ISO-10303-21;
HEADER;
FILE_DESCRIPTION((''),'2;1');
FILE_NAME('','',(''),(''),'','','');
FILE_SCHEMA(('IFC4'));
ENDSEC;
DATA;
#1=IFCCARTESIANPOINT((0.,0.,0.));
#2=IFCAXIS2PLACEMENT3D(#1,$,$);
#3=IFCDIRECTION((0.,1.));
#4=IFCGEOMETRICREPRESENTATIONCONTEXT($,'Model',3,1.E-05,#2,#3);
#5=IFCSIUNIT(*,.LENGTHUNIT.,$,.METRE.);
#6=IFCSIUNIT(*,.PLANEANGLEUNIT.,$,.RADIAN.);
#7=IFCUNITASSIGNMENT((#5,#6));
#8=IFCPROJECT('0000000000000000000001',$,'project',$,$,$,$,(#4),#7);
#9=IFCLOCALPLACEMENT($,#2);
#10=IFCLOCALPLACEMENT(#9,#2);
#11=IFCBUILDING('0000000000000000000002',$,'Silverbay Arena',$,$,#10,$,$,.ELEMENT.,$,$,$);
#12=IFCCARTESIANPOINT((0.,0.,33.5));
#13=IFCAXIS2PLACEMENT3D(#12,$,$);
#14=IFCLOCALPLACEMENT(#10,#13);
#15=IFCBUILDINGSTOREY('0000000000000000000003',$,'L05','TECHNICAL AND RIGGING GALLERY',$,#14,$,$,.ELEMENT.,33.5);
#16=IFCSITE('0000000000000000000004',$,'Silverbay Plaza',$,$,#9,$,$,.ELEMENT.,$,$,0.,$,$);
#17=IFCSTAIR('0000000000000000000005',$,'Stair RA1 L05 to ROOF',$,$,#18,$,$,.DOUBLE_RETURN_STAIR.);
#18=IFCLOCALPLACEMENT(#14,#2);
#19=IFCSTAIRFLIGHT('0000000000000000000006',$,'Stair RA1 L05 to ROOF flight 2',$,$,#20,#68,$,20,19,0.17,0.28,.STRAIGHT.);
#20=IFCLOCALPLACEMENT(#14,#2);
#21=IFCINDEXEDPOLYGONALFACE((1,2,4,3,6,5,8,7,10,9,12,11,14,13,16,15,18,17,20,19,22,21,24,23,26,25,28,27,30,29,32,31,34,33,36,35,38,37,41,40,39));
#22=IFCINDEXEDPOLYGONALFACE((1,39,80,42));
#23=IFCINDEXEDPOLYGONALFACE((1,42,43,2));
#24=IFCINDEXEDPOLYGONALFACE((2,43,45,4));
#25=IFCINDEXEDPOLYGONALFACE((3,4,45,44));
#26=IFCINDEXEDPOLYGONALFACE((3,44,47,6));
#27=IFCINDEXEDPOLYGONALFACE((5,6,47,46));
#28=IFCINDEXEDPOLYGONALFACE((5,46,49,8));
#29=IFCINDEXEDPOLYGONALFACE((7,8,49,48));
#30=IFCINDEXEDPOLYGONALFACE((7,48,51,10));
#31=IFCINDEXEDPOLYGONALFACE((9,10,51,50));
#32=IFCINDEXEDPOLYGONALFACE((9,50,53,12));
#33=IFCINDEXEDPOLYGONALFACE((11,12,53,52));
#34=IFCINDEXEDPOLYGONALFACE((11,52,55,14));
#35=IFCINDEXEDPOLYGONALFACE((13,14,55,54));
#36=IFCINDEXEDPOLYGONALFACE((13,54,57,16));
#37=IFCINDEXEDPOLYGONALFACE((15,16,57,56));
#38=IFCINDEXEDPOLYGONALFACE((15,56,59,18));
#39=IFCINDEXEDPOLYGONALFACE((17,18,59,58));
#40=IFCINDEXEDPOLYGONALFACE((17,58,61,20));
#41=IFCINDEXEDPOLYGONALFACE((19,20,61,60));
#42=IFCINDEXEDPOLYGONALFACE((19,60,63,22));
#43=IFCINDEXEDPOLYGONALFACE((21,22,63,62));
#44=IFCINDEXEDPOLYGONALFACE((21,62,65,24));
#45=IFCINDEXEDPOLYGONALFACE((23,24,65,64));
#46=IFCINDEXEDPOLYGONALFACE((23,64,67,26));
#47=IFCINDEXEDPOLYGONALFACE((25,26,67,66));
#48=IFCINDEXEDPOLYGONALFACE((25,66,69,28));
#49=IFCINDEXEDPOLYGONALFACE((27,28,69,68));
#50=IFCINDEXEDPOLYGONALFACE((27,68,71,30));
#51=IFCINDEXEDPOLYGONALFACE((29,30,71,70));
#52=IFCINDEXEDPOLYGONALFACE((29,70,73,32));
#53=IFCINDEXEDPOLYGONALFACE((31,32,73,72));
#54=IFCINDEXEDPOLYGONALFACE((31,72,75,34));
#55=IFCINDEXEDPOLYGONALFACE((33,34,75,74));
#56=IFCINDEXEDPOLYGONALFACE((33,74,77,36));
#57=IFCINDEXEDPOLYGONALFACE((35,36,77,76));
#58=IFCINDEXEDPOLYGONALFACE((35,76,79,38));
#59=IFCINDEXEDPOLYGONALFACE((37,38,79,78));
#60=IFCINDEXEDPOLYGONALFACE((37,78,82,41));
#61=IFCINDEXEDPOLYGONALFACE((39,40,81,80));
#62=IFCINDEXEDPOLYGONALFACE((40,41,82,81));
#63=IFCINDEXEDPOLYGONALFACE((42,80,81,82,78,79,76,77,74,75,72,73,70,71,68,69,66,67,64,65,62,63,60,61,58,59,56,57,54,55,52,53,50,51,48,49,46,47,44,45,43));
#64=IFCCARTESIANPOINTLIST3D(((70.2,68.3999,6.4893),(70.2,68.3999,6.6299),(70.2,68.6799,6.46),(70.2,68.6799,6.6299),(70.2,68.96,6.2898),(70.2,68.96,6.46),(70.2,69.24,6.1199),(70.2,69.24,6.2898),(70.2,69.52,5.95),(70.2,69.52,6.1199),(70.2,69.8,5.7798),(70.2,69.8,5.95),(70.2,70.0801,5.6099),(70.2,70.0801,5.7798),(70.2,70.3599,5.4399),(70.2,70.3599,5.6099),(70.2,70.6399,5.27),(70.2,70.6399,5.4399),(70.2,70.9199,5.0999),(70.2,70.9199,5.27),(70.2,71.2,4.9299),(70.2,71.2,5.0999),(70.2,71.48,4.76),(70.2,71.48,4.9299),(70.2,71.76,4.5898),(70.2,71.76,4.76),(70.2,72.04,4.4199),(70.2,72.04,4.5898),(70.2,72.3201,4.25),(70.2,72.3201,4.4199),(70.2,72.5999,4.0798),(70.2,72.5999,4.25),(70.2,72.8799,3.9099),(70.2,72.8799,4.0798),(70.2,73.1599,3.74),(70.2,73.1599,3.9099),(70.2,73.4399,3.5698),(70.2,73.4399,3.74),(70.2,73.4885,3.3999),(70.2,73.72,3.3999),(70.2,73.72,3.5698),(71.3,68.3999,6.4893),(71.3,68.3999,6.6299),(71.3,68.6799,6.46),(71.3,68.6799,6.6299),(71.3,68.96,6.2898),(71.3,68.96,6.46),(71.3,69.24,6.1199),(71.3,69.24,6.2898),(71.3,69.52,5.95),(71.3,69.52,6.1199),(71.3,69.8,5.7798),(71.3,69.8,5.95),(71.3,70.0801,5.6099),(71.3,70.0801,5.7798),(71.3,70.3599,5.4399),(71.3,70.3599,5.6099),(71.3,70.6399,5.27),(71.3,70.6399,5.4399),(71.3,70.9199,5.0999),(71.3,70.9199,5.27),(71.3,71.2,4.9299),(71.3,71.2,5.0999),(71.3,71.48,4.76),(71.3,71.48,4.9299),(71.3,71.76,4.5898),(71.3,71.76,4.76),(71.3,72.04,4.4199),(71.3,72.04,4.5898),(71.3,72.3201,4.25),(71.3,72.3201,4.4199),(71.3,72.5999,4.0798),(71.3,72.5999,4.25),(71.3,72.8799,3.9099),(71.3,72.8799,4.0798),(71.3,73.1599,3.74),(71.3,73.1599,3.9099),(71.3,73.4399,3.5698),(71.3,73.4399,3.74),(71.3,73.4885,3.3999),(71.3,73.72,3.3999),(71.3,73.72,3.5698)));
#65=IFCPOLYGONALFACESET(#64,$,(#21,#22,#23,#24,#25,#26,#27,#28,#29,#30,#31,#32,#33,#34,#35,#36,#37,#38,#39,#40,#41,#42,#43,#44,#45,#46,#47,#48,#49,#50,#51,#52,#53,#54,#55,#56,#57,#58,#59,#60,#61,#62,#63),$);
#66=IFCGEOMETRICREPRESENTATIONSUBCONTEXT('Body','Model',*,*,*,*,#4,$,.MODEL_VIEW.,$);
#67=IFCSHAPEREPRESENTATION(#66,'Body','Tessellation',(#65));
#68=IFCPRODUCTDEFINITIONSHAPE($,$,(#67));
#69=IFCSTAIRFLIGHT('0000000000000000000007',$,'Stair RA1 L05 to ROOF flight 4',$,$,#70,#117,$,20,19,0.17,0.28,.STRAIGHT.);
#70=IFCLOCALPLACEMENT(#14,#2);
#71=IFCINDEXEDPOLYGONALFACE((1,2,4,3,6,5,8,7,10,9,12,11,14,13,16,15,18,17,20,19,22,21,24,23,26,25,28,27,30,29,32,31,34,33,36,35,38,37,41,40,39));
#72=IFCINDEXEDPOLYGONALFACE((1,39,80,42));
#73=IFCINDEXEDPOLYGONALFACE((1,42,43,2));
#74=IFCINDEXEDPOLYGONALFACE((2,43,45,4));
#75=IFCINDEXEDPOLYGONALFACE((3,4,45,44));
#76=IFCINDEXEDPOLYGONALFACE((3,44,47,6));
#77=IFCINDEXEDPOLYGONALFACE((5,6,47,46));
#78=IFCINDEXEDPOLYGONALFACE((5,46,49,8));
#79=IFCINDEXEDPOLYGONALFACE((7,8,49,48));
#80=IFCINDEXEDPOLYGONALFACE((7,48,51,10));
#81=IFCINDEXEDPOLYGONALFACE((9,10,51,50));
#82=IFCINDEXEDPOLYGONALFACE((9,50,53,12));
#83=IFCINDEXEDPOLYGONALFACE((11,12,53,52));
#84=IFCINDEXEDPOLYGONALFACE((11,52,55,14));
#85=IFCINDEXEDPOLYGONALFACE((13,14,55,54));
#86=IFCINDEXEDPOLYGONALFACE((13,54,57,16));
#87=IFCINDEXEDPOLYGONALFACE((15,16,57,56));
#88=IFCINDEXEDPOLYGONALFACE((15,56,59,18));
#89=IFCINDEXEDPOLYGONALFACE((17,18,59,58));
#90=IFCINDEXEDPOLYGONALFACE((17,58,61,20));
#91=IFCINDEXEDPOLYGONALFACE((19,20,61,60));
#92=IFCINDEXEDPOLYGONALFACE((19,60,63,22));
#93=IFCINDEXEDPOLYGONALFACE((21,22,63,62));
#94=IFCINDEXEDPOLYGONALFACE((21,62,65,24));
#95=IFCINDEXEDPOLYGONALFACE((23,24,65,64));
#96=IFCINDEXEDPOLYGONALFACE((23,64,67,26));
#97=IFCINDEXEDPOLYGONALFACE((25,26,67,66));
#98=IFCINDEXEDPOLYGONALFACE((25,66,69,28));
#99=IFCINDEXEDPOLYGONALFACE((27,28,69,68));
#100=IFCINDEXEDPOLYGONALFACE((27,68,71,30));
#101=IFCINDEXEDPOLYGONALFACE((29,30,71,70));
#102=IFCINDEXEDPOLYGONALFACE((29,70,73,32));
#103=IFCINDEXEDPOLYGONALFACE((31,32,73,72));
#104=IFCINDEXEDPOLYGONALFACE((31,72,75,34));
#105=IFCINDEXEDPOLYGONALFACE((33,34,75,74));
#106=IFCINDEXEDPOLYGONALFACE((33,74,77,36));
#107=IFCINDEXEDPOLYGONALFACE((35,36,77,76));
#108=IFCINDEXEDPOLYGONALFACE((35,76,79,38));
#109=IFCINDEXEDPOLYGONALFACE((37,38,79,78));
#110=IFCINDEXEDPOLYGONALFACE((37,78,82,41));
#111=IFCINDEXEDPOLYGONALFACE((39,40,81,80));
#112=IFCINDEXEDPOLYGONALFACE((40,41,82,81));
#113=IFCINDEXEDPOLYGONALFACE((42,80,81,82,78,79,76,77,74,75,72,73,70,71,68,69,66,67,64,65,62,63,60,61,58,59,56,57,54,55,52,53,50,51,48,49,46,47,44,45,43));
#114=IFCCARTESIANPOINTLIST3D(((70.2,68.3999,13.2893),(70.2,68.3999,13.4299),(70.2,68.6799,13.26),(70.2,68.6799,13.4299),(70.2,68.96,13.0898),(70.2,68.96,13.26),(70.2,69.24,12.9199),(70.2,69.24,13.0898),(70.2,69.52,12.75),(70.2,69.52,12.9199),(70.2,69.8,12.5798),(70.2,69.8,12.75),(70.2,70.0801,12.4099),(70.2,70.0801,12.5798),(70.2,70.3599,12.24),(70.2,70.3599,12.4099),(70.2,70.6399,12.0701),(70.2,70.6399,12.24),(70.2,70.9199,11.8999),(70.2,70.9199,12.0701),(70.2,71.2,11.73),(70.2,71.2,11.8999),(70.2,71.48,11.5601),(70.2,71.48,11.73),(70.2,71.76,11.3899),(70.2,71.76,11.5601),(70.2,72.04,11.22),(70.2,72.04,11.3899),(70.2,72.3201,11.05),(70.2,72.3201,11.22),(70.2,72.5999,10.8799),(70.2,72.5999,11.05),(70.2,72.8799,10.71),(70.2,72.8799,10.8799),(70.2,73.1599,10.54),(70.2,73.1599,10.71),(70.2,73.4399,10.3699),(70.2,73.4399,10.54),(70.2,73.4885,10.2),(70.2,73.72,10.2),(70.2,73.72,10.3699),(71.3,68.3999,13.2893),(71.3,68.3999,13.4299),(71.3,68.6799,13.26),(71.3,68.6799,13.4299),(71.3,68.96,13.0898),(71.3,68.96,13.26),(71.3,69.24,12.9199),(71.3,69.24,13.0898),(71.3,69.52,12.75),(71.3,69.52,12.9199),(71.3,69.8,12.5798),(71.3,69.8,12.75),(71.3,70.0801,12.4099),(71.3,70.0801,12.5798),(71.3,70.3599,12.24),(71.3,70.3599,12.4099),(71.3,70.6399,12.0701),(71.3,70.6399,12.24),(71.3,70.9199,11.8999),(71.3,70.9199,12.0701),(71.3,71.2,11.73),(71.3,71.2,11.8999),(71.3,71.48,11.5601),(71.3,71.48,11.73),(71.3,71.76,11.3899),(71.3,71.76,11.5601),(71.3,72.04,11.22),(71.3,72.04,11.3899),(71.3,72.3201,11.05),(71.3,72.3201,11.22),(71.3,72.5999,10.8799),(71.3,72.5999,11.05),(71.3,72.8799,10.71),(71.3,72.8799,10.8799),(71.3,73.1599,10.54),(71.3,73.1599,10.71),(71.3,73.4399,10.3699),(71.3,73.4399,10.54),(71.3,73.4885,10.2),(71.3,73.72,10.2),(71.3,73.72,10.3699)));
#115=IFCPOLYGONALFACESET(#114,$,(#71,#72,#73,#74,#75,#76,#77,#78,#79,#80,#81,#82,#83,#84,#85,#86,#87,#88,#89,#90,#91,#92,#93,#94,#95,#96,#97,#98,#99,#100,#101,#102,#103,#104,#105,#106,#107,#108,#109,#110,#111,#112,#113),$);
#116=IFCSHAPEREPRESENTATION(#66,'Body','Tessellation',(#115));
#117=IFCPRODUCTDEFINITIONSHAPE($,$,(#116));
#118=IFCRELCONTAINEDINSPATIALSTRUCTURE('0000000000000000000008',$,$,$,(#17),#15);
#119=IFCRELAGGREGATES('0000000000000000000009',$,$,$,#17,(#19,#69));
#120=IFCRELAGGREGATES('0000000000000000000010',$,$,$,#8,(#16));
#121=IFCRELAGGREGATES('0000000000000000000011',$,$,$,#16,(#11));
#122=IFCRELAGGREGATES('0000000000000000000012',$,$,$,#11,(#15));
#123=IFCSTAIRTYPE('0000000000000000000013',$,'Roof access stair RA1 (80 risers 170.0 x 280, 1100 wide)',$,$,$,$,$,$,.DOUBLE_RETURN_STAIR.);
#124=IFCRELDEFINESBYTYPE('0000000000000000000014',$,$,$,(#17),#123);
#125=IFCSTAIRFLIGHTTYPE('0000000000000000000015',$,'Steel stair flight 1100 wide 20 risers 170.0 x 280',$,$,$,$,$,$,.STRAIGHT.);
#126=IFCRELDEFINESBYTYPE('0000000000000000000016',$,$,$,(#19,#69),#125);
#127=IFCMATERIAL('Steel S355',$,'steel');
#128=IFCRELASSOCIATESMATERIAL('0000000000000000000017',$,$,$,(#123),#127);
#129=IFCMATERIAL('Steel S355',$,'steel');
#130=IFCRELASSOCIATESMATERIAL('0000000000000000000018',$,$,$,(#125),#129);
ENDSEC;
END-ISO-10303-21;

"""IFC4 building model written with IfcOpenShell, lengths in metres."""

from ifc_helpers import new_model, si_unit, direction, frame, origin, place, context, subcontext, project, spatial, polyline, outline, extrude, material, type_object, element, aggregate, save


model = new_model("IFC4")

# Units and contexts
model_context = context("Model", 3, precision=1e-05, world=origin(), true_north=direction((0.0, 1.0)))
body_context = subcontext(model_context, "Body", "Model", "MODEL_VIEW")
ifc_project = project(units=[si_unit("LENGTHUNIT", "METRE"), si_unit("PLANEANGLEUNIT", "RADIAN")], contexts=[model_context])

# Site, building, storey
site_placement = place(None, origin())
site = spatial("IfcSite", under=ifc_project, at=site_placement, Name="Silverbay Plaza", CompositionType="ELEMENT", RefElevation=0.0)
building_placement = place(site_placement, origin())
building = spatial("IfcBuilding", under=site, at=building_placement, Name="Silverbay Arena", CompositionType="ELEMENT")
storey_placement = place(building_placement, frame((0.0, 0.0, 33.5)))
storey = spatial("IfcBuildingStorey", under=building, at=storey_placement, Name="L05", Description="TECHNICAL AND RIGGING GALLERY", CompositionType="ELEMENT", Elevation=33.5)

# Stair, stair flights
ifc_material_1 = material(Name="Steel S355", Category="steel")
stair_type = type_object("IfcStairType", Name="Roof access stair RA1 (80 risers 170.0 x 280, 1100 wide)", PredefinedType="DOUBLE_RETURN_STAIR", material=ifc_material_1)
stair_placement = place(storey_placement, origin())
stair = element("IfcStair", 1, at=stair_placement, inside=storey, type_object=stair_type, Name="Stair RA1 L05 to ROOF", PredefinedType="DOUBLE_RETURN_STAIR")
ifc_material_2 = material(Name="Steel S355", Category="steel")
stair_flight_type = type_object("IfcStairFlightType", Name="Steel stair flight 1100 wide 20 risers 170.0 x 280", PredefinedType="STRAIGHT", material=ifc_material_2)
stair_flight_1_placement = place(storey_placement, frame((70.75, 73.72, 3.3999), z_axis=(0.0, 0.0, 1.0), x_axis=(0.0, -1.0, 0.0)))
stair_flight_1 = element("IfcStairFlight", 2, at=stair_flight_1_placement, type_object=stair_flight_type, Name="Stair RA1 L05 to ROOF flight 2", NumberOfRisers=20, NumberOfTreads=19, PredefinedType="STRAIGHT", RiserHeight=0.17, TreadLength=0.28, context=body_context, shape_type="SweptSolid", body=[
    extrude(outline(polyline([(0.0, 0.0), (0.0, 0.1699), (0.28, 0.1699), (0.28, 0.3401), (0.5601, 0.3401), (0.5601, 0.51), (0.8401, 0.51), (0.8401, 0.6799), (1.1201, 0.6799), (1.1201, 0.8501), (1.3999, 0.8501), (1.3999, 1.02), (1.6799, 1.02), (1.6799, 1.1899), (1.96, 1.1899), (1.96, 1.3601), (2.24, 1.3601), (2.24, 1.53), (2.52, 1.53), (2.52, 1.7), (2.8, 1.7), (2.8, 1.8701), (3.0801, 1.8701), (3.0801, 2.04), (3.3601, 2.04), (3.3601, 2.21), (3.6399, 2.21), (3.6399, 2.3799), (3.9199, 2.3799), (3.9199, 2.55), (4.2, 2.55), (4.2, 2.72), (4.48, 2.72), (4.48, 2.8899), (4.76, 2.8899), (4.76, 3.0601), (5.04, 3.0601), (5.04, 3.23), (5.3201, 3.23), (5.3201, 3.0894), (0.2314, 0.0), (0.0, 0.0)])), frame((0.0, 0.55, 0.0), z_axis=(0.0, -1.0, 0.0), x_axis=(1.0, 0.0, 0.0)), (0.0, 0.0, 1.0), 1.1001),
])
stair_flight_2_placement = place(storey_placement, frame((70.75, 73.72, 10.2), z_axis=(0.0, 0.0, 1.0), x_axis=(0.0, -1.0, 0.0)))
stair_flight_2 = element("IfcStairFlight", 3, at=stair_flight_2_placement, type_object=stair_flight_type, Name="Stair RA1 L05 to ROOF flight 4", NumberOfRisers=20, NumberOfTreads=19, PredefinedType="STRAIGHT", RiserHeight=0.17, TreadLength=0.28, context=body_context, shape_type="SweptSolid", body=[
    extrude(outline(polyline([(0.0, 0.0), (0.0, 0.1699), (0.28, 0.1699), (0.28, 0.3401), (0.5601, 0.3401), (0.5601, 0.51), (0.8401, 0.51), (0.8401, 0.6799), (1.1201, 0.6799), (1.1201, 0.8501), (1.3999, 0.8501), (1.3999, 1.02), (1.6799, 1.02), (1.6799, 1.1899), (1.96, 1.1899), (1.96, 1.3601), (2.24, 1.3601), (2.24, 1.53), (2.52, 1.53), (2.52, 1.7), (2.8, 1.7), (2.8, 1.8701), (3.0801, 1.8701), (3.0801, 2.04), (3.3601, 2.04), (3.3601, 2.21), (3.6399, 2.21), (3.6399, 2.3799), (3.9199, 2.3799), (3.9199, 2.55), (4.2, 2.55), (4.2, 2.72), (4.48, 2.72), (4.48, 2.8899), (4.76, 2.8899), (4.76, 3.0601), (5.04, 3.0601), (5.04, 3.23), (5.3201, 3.23), (5.3201, 3.0894), (0.2314, 0.0), (0.0, 0.0)])), frame((0.0, 0.55, 0.0), z_axis=(0.0, -1.0, 0.0), x_axis=(1.0, 0.0, 0.0)), (0.0, 0.0, 1.0), 1.1001),
])
aggregate(stair, [stair_flight_1, stair_flight_2])

save(model, "model.ifc")
